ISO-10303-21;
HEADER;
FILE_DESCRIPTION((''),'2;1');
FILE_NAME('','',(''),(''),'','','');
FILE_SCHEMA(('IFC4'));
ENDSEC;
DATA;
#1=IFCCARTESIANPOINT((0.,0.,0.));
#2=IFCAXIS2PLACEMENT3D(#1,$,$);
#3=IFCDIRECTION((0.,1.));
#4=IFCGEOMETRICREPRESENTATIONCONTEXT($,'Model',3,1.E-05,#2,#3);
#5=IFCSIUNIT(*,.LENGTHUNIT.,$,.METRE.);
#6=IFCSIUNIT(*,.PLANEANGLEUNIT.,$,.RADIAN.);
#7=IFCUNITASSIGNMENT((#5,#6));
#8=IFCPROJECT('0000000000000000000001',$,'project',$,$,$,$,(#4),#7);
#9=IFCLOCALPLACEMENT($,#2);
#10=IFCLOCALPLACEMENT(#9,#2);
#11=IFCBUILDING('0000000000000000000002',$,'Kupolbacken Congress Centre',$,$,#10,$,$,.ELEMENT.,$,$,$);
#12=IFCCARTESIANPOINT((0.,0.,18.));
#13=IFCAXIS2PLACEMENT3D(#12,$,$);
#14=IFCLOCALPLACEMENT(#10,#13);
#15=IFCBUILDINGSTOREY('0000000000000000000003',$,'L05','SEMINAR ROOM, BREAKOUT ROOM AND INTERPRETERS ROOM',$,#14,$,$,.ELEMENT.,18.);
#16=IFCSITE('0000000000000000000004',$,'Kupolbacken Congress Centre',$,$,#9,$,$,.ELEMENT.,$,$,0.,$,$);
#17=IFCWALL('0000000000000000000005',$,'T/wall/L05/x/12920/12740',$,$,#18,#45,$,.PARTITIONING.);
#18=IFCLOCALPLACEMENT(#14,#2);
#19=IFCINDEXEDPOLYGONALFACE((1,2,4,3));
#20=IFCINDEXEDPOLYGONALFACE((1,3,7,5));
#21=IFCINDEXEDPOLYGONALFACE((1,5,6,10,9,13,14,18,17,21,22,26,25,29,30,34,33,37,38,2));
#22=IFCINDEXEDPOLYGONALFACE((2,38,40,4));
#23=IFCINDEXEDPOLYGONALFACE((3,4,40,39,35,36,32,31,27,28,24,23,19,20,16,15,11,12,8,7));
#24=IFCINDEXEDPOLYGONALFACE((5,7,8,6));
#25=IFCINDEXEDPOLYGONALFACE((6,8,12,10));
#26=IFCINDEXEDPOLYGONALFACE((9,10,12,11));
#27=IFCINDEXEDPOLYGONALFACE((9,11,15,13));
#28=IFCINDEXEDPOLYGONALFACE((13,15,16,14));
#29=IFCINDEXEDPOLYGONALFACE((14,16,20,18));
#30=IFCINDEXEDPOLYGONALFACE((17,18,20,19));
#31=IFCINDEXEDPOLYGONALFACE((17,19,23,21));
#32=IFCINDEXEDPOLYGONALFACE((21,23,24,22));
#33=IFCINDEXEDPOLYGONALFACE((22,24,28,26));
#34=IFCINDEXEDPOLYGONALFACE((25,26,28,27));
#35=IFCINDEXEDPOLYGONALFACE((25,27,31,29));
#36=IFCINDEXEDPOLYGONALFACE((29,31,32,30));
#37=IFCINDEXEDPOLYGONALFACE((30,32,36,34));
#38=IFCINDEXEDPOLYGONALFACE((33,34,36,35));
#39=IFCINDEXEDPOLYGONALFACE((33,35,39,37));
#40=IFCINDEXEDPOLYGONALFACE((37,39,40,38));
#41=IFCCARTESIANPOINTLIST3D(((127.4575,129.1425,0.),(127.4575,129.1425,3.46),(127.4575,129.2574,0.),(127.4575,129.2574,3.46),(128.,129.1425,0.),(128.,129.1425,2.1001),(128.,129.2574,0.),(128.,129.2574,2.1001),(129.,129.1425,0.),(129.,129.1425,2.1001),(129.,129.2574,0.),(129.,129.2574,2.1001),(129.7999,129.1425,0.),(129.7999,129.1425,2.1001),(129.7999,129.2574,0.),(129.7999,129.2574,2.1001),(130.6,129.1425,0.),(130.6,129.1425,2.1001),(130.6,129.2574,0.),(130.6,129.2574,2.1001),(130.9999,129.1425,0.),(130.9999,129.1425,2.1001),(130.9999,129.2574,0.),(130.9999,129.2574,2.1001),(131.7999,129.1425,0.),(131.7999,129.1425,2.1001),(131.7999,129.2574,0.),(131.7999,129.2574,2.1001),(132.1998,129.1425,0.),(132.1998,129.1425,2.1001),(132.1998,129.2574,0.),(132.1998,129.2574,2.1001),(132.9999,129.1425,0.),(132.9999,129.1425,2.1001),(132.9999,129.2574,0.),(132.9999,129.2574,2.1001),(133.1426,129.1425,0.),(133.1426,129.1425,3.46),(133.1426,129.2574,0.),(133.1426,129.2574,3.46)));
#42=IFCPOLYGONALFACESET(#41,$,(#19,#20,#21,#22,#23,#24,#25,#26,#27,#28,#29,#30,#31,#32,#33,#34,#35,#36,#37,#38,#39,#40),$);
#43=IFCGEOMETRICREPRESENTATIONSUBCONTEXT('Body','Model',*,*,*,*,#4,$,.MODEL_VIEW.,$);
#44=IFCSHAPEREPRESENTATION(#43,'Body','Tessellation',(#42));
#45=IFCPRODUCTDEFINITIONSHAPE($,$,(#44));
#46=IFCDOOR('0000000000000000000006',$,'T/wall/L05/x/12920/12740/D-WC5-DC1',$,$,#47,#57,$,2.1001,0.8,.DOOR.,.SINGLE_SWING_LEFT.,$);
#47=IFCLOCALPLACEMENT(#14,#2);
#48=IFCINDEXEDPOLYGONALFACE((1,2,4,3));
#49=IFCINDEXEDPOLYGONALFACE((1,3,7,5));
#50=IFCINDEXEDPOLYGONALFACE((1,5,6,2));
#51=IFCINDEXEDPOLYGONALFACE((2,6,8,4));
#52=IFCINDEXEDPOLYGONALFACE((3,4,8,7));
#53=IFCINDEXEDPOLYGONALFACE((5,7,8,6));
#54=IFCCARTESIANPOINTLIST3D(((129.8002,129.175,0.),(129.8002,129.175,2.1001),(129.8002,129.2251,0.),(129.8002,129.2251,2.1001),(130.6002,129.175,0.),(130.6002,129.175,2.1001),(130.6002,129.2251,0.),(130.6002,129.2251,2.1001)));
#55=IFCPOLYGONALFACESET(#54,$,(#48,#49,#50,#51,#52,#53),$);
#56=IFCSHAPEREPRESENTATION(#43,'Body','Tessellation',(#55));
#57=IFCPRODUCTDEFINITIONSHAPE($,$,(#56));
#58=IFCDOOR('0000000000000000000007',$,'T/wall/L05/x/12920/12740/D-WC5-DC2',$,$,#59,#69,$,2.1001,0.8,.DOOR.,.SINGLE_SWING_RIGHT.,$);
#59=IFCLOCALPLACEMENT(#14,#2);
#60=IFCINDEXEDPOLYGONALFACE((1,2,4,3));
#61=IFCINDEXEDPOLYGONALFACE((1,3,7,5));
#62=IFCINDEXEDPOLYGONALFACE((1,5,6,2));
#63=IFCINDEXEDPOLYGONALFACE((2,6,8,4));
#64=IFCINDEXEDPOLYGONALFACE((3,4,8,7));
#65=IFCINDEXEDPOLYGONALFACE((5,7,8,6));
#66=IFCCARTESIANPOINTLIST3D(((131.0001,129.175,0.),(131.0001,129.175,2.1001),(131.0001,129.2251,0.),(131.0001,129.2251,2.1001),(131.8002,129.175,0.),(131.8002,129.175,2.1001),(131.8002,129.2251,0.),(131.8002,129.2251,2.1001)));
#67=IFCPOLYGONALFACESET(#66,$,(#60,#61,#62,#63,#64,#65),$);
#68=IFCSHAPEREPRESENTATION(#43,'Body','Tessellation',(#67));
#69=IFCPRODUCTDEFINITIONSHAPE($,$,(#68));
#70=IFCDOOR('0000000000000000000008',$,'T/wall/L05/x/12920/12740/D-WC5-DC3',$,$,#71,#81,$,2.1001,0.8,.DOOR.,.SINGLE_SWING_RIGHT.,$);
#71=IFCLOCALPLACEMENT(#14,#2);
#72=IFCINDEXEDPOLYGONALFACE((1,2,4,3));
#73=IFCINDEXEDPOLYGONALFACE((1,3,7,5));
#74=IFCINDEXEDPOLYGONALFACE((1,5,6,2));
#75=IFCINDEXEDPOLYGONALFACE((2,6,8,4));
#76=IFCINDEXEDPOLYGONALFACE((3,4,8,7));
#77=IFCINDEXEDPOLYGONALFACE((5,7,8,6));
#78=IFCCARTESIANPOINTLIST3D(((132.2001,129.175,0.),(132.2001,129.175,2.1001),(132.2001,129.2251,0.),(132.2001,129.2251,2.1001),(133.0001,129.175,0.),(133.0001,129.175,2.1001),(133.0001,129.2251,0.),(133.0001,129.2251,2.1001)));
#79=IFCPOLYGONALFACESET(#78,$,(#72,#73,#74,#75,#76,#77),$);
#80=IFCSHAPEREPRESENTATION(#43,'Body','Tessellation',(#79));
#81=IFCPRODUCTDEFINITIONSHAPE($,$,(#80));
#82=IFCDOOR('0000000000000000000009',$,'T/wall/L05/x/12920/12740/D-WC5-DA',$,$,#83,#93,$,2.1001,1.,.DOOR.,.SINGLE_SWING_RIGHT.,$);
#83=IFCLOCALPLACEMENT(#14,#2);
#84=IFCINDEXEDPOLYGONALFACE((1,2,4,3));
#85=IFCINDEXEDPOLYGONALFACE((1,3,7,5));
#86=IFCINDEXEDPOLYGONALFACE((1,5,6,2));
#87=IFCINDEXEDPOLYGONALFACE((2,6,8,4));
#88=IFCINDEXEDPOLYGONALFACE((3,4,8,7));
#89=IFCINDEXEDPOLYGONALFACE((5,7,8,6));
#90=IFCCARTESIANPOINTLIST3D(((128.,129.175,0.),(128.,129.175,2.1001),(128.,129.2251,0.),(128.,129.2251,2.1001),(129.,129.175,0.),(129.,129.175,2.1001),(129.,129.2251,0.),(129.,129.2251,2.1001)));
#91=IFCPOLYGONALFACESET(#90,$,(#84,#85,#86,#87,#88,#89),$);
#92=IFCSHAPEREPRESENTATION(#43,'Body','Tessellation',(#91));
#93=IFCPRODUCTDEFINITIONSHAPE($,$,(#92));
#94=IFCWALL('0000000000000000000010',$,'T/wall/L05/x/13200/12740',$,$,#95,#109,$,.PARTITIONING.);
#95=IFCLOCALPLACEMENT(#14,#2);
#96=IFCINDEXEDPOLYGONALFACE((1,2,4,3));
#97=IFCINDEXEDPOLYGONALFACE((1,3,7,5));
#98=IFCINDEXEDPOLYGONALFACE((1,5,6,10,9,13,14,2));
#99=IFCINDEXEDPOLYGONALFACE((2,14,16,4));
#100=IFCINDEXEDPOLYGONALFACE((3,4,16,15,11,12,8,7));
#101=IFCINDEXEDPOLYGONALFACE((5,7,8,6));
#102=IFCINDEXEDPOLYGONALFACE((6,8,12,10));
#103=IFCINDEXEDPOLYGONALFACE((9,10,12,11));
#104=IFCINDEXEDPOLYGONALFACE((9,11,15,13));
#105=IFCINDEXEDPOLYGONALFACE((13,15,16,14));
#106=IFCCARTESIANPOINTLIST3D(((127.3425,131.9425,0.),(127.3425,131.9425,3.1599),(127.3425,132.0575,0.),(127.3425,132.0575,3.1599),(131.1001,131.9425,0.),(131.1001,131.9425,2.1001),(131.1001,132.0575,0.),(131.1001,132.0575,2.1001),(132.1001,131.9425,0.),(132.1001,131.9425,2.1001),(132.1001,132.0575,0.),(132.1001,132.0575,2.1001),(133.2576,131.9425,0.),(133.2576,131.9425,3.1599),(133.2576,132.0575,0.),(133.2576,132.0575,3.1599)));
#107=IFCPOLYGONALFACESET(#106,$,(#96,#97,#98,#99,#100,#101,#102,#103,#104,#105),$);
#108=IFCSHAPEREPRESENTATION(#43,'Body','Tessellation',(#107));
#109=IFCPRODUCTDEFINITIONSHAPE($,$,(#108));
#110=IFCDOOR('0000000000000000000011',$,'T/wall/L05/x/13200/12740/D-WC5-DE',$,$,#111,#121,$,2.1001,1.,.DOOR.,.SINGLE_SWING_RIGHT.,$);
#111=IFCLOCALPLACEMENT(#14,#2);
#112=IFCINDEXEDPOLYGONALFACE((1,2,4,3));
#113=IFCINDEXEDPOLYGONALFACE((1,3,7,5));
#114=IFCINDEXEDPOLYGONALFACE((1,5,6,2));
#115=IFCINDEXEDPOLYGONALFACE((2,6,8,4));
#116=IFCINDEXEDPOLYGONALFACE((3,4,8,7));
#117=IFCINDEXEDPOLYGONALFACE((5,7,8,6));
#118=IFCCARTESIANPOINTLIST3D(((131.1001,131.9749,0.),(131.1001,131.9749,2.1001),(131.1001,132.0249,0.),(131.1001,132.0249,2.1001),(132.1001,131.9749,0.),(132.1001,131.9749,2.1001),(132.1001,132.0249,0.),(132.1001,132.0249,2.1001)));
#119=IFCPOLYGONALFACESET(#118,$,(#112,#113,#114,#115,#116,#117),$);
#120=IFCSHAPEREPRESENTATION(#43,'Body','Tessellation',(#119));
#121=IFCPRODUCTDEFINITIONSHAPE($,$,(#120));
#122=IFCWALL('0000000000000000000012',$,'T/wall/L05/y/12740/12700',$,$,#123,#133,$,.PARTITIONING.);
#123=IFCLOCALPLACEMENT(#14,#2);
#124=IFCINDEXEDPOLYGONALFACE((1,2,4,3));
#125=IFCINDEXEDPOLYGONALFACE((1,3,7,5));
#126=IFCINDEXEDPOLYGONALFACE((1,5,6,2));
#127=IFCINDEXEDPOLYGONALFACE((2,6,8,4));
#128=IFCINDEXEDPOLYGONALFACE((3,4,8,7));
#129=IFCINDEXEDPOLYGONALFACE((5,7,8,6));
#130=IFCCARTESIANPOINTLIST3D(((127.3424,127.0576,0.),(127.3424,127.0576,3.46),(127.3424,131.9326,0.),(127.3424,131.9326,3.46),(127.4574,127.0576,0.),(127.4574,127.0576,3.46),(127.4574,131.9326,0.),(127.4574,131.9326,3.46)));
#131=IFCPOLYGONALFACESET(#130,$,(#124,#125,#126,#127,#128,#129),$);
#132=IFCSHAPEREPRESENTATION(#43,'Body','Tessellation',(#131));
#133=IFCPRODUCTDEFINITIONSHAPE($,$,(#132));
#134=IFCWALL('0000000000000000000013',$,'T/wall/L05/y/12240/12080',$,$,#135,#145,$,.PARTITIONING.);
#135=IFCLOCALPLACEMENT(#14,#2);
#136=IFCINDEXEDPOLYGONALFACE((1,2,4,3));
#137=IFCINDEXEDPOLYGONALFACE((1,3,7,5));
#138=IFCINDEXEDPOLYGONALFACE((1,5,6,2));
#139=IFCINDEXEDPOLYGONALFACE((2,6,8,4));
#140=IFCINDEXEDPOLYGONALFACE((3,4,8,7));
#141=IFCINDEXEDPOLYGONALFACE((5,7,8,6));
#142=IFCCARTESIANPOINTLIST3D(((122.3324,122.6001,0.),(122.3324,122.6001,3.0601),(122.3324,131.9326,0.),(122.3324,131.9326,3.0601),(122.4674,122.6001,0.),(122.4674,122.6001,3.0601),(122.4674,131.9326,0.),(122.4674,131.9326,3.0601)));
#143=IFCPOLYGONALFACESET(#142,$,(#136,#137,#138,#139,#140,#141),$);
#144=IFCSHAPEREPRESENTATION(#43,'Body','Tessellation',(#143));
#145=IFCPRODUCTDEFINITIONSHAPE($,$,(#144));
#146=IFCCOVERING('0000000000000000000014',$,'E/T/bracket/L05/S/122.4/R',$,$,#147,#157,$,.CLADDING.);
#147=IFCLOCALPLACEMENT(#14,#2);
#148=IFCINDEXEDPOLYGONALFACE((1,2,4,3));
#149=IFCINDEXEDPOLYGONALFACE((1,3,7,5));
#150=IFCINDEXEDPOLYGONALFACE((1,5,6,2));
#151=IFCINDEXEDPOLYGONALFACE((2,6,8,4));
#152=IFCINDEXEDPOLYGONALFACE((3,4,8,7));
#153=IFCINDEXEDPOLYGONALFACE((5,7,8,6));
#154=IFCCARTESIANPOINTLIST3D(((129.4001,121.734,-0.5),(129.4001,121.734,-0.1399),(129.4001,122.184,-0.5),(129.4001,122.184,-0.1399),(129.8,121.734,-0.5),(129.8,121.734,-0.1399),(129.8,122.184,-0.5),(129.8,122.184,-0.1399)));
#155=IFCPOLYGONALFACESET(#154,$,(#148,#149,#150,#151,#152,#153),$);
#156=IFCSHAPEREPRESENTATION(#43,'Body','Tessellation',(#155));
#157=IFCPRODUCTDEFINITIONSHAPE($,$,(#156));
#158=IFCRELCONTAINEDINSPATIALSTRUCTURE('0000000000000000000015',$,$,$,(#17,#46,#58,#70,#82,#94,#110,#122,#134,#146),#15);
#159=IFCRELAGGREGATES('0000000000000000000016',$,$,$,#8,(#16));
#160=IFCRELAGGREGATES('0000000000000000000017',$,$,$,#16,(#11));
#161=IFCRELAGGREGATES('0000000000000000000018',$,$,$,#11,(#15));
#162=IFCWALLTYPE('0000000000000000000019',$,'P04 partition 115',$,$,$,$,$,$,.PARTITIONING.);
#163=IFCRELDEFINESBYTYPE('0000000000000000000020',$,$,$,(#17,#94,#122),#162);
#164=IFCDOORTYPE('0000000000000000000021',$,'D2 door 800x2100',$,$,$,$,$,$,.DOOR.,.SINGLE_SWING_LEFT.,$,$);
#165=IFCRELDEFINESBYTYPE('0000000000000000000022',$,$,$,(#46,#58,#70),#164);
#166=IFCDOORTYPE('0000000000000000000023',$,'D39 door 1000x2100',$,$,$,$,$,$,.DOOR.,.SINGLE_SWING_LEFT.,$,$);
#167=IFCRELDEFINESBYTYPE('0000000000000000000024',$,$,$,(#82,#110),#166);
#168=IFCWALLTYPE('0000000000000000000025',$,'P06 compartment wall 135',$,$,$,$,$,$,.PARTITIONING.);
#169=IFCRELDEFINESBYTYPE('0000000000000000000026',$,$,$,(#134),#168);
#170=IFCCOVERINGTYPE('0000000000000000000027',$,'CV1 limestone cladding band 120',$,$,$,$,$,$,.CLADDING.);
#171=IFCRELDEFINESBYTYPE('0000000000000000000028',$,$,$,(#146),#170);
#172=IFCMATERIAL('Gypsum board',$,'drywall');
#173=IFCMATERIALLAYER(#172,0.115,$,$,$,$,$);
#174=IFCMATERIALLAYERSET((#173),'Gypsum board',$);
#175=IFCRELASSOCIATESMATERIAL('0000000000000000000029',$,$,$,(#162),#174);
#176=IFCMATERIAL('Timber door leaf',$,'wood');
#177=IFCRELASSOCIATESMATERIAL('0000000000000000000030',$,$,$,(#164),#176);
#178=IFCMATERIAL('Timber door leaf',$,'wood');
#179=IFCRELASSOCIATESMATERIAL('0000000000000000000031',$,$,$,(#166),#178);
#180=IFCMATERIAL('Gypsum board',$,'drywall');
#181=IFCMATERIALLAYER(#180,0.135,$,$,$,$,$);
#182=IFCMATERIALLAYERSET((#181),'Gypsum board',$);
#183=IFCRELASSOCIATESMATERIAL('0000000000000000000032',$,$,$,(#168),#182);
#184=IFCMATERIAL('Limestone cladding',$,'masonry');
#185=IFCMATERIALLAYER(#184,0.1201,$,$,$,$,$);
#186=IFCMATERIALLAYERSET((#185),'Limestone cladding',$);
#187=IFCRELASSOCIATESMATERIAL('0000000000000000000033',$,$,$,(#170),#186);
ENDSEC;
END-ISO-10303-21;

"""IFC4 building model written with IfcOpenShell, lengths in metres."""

from ifc_helpers import new_model, si_unit, direction, frame, frame_2d, origin, origin_2d, place, context, subcontext, project, spatial, rectangle, extrude, material, layer, layer_set, type_object, element, fill, save


model = new_model("IFC4")

# Units and contexts
model_context = context("Model", 3, precision=1e-05, world=origin(), true_north=direction((0.0, 1.0)))
body_context = subcontext(model_context, "Body", "Model", "MODEL_VIEW")
ifc_project = project(units=[si_unit("LENGTHUNIT", "METRE"), si_unit("PLANEANGLEUNIT", "RADIAN")], contexts=[model_context])

# Site, building, storey
site_placement = place(None, origin())
site = spatial("IfcSite", under=ifc_project, at=site_placement, Name="Kupolbacken Congress Centre", CompositionType="ELEMENT", RefElevation=0.0)
building_placement = place(site_placement, origin())
building = spatial("IfcBuilding", under=site, at=building_placement, Name="Kupolbacken Congress Centre", CompositionType="ELEMENT")
storey_placement = place(building_placement, frame((0.0, 0.0, 18.0)))
storey = spatial("IfcBuildingStorey", under=building, at=storey_placement, Name="L05", Description="SEMINAR ROOM, BREAKOUT ROOM AND INTERPRETERS ROOM", CompositionType="ELEMENT", Elevation=18.0)

# Shared definitions
ifc_material_1 = material(Name="Gypsum board", Category="drywall")
ifc_layer_1 = layer(ifc_material_1, 0.115)
ifc_layer_set_1 = layer_set([ifc_layer_1], Name="Gypsum board")
wall_type_1 = type_object("IfcWallType", Name="P04 partition 115", PredefinedType="PARTITIONING", material=ifc_layer_set_1)

# Wall, openings, doors
wall_1_placement = place(storey_placement, frame((127.4575, 129.2, 0.0), z_axis=(0.0, 0.0, 1.0), x_axis=(1.0, 0.0, 0.0)))
wall_1 = element("IfcWall", 1, at=wall_1_placement, inside=storey, type_object=wall_type_1, Name="T/wall/L05/x/12920/12740", PredefinedType="PARTITIONING", context=body_context, shape_type="SweptSolid", body=[
    extrude(rectangle(XDim=5.6851, YDim=0.115, at=frame_2d((2.8425, 0.0))), origin(), (0.0, 0.0, 1.0), 3.46),
])
opening_1_placement = place(wall_1_placement, frame((0.5425, 0.0, 0.0)))
opening_1 = element("IfcOpeningElement", 2, at=opening_1_placement, cuts=wall_1, PredefinedType="OPENING", context=body_context, shape_type="SweptSolid", body=[
    extrude(rectangle(XDim=1.0, YDim=2.1001, at=frame_2d((0.5, 1.05))), frame((0.0, 0.0674, 0.0), z_axis=(0.0, -1.0, 0.0), x_axis=(1.0, 0.0, 0.0)), (0.0, 0.0, 1.0), 0.135),
])
opening_2_placement = place(wall_1_placement, frame((2.3425, 0.0, 0.0)))
opening_2 = element("IfcOpeningElement", 3, at=opening_2_placement, cuts=wall_1, PredefinedType="OPENING", context=body_context, shape_type="SweptSolid", body=[
    extrude(rectangle(XDim=0.8, YDim=2.1001, at=frame_2d((0.3999, 1.05))), frame((0.0, 0.0674, 0.0), z_axis=(0.0, -1.0, 0.0), x_axis=(1.0, 0.0, 0.0)), (0.0, 0.0, 1.0), 0.135),
])
opening_3_placement = place(wall_1_placement, frame((3.5425, 0.0, 0.0)))
opening_3 = element("IfcOpeningElement", 4, at=opening_3_placement, cuts=wall_1, PredefinedType="OPENING", context=body_context, shape_type="SweptSolid", body=[
    extrude(rectangle(XDim=0.8, YDim=2.1001, at=frame_2d((0.3999, 1.05))), frame((0.0, 0.0674, 0.0), z_axis=(0.0, -1.0, 0.0), x_axis=(1.0, 0.0, 0.0)), (0.0, 0.0, 1.0), 0.135),
])
opening_4_placement = place(wall_1_placement, frame((4.7424, 0.0, 0.0)))
opening_4 = element("IfcOpeningElement", 5, at=opening_4_placement, cuts=wall_1, PredefinedType="OPENING", context=body_context, shape_type="SweptSolid", body=[
    extrude(rectangle(XDim=0.8, YDim=2.1001, at=frame_2d((0.3999, 1.05))), frame((0.0, 0.0674, 0.0), z_axis=(0.0, -1.0, 0.0), x_axis=(1.0, 0.0, 0.0)), (0.0, 0.0, 1.0), 0.135),
])
ifc_material_2 = material(Name="Timber door leaf", Category="wood")
door_type_1 = type_object("IfcDoorType", Name="D2 door 800x2100", OperationType="SINGLE_SWING_LEFT", PredefinedType="DOOR", material=ifc_material_2)
door_1_placement = place(opening_2_placement, frame((0.8, 0.0, 0.0), z_axis=(0.0, 0.0, 1.0), x_axis=(-1.0, 0.0, 0.0)))
door_1 = element("IfcDoor", 6, at=door_1_placement, inside=storey, type_object=door_type_1, Name="T/wall/L05/x/12920/12740/D-WC5-DC1", OperationType="SINGLE_SWING_LEFT", OverallHeight=2.1001, OverallWidth=0.8, PredefinedType="DOOR", context=body_context, shape_type="SweptSolid", body=[
    extrude(rectangle(XDim=0.8, YDim=2.1001, at=frame_2d((0.3999, 1.05))), frame((0.0, 0.0249, 0.0), z_axis=(0.0, -1.0, 0.0), x_axis=(1.0, 0.0, 0.0)), (0.0, 0.0, 1.0), 0.05),
])
fill(opening_2, door_1)
door_2_placement = place(opening_3_placement, frame((0.8, 0.0, 0.0), z_axis=(0.0, 0.0, 1.0), x_axis=(-1.0, 0.0, 0.0)))
door_2 = element("IfcDoor", 7, at=door_2_placement, inside=storey, type_object=door_type_1, Name="T/wall/L05/x/12920/12740/D-WC5-DC2", OperationType="SINGLE_SWING_RIGHT", OverallHeight=2.1001, OverallWidth=0.8, PredefinedType="DOOR", context=body_context, shape_type="SweptSolid", body=[
    extrude(rectangle(XDim=0.8, YDim=2.1001, at=frame_2d((0.3999, 1.05))), frame((0.0, 0.0249, 0.0), z_axis=(0.0, -1.0, 0.0), x_axis=(1.0, 0.0, 0.0)), (0.0, 0.0, 1.0), 0.05),
])
fill(opening_3, door_2)
door_3_placement = place(opening_4_placement, frame((0.8, 0.0, 0.0), z_axis=(0.0, 0.0, 1.0), x_axis=(-1.0, 0.0, 0.0)))
door_3 = element("IfcDoor", 8, at=door_3_placement, inside=storey, type_object=door_type_1, Name="T/wall/L05/x/12920/12740/D-WC5-DC3", OperationType="SINGLE_SWING_RIGHT", OverallHeight=2.1001, OverallWidth=0.8, PredefinedType="DOOR", context=body_context, shape_type="SweptSolid", body=[
    extrude(rectangle(XDim=0.8, YDim=2.1001, at=frame_2d((0.3999, 1.05))), frame((0.0, 0.0249, 0.0), z_axis=(0.0, -1.0, 0.0), x_axis=(1.0, 0.0, 0.0)), (0.0, 0.0, 1.0), 0.05),
])
fill(opening_4, door_3)
ifc_material_3 = material(Name="Timber door leaf", Category="wood")
door_type_2 = type_object("IfcDoorType", Name="D39 door 1000x2100", OperationType="SINGLE_SWING_LEFT", PredefinedType="DOOR", material=ifc_material_3)
door_4_placement = place(opening_1_placement, frame((1.0, 0.0, 0.0), z_axis=(0.0, 0.0, 1.0), x_axis=(-1.0, 0.0, 0.0)))
door_4 = element("IfcDoor", 9, at=door_4_placement, inside=storey, type_object=door_type_2, Name="T/wall/L05/x/12920/12740/D-WC5-DA", OperationType="SINGLE_SWING_RIGHT", OverallHeight=2.1001, OverallWidth=1.0, PredefinedType="DOOR", context=body_context, shape_type="SweptSolid", body=[
    extrude(rectangle(XDim=1.0, YDim=2.1001, at=frame_2d((0.5, 1.05))), frame((0.0, 0.0249, 0.0), z_axis=(0.0, -1.0, 0.0), x_axis=(1.0, 0.0, 0.0)), (0.0, 0.0, 1.0), 0.05),
])
fill(opening_1, door_4)

# Wall, opening, door
wall_2_placement = place(storey_placement, frame((127.3425, 132.0, 0.0), z_axis=(0.0, 0.0, 1.0), x_axis=(1.0, 0.0, 0.0)))
wall_2 = element("IfcWall", 10, at=wall_2_placement, inside=storey, type_object=wall_type_1, Name="T/wall/L05/x/13200/12740", PredefinedType="PARTITIONING", context=body_context, shape_type="SweptSolid", body=[
    extrude(rectangle(XDim=5.915, YDim=0.115, at=frame_2d((2.9575, 0.0))), origin(), (0.0, 0.0, 1.0), 3.1599),
])
opening_5_placement = place(wall_2_placement, frame((3.7576, 0.0, 0.0)))
opening_5 = element("IfcOpeningElement", 11, at=opening_5_placement, cuts=wall_2, PredefinedType="OPENING", context=body_context, shape_type="SweptSolid", body=[
    extrude(rectangle(XDim=1.0, YDim=2.1001, at=frame_2d((0.5, 1.05))), frame((0.0, 0.0674, 0.0), z_axis=(0.0, -1.0, 0.0), x_axis=(1.0, 0.0, 0.0)), (0.0, 0.0, 1.0), 0.135),
])
door_5_placement = place(opening_5_placement, origin())
door_5 = element("IfcDoor", 12, at=door_5_placement, inside=storey, type_object=door_type_2, Name="T/wall/L05/x/13200/12740/D-WC5-DE", OperationType="SINGLE_SWING_RIGHT", OverallHeight=2.1001, OverallWidth=1.0, PredefinedType="DOOR", context=body_context, shape_type="SweptSolid", body=[
    extrude(rectangle(XDim=1.0, YDim=2.1001, at=frame_2d((0.5, 1.05))), frame((0.0, 0.0249, 0.0), z_axis=(0.0, -1.0, 0.0), x_axis=(1.0, 0.0, 0.0)), (0.0, 0.0, 1.0), 0.05),
])
fill(opening_5, door_5)

# Walls
wall_3_placement = place(storey_placement, frame((127.3999, 127.0576, 0.0), z_axis=(0.0, 0.0, 1.0), x_axis=(0.0, 1.0, 0.0)))
element("IfcWall", 13, at=wall_3_placement, inside=storey, type_object=wall_type_1, Name="T/wall/L05/y/12740/12700", PredefinedType="PARTITIONING", context=body_context, shape_type="SweptSolid", body=[
    extrude(rectangle(XDim=4.875, YDim=0.115, at=frame_2d((2.4375, 0.0))), origin(), (0.0, 0.0, 1.0), 3.46),
])
ifc_material_4 = material(Name="Gypsum board", Category="drywall")
ifc_layer_2 = layer(ifc_material_4, 0.135)
ifc_layer_set_2 = layer_set([ifc_layer_2], Name="Gypsum board")
wall_type_2 = type_object("IfcWallType", Name="P06 compartment wall 135", PredefinedType="PARTITIONING", material=ifc_layer_set_2)
wall_4_placement = place(storey_placement, frame((122.3999, 122.6001, 0.0), z_axis=(0.0, 0.0, 1.0), x_axis=(0.0, 1.0, 0.0)))
element("IfcWall", 14, at=wall_4_placement, inside=storey, type_object=wall_type_2, Name="T/wall/L05/y/12240/12080", PredefinedType="PARTITIONING", context=body_context, shape_type="SweptSolid", body=[
    extrude(rectangle(XDim=9.3325, YDim=0.135, at=frame_2d((4.6663, 0.0))), origin(), (0.0, 0.0, 1.0), 3.0601),
])

# Covering
ifc_material_5 = material(Name="Limestone cladding", Category="masonry")
ifc_layer_3 = layer(ifc_material_5, 0.1201)
ifc_layer_set_3 = layer_set([ifc_layer_3], Name="Limestone cladding")
covering_type = type_object("IfcCoveringType", Name="CV1 limestone cladding band 120", PredefinedType="CLADDING", material=ifc_layer_set_3)
covering_placement = place(storey_placement, frame((129.6001, 121.959, -0.5), z_axis=(0.0, 0.0, 1.0), x_axis=(1.0, 0.0, 0.0)))
element("IfcCovering", 15, at=covering_placement, inside=storey, type_object=covering_type, Name="E/T/bracket/L05/S/122.4/R", PredefinedType="CLADDING", context=body_context, shape_type="SweptSolid", body=[
    extrude(rectangle(XDim=0.3999, YDim=0.45, at=origin_2d()), origin(), (0.0, 0.0, 1.0), 0.3601),
])

save(model, "model.ifc")
